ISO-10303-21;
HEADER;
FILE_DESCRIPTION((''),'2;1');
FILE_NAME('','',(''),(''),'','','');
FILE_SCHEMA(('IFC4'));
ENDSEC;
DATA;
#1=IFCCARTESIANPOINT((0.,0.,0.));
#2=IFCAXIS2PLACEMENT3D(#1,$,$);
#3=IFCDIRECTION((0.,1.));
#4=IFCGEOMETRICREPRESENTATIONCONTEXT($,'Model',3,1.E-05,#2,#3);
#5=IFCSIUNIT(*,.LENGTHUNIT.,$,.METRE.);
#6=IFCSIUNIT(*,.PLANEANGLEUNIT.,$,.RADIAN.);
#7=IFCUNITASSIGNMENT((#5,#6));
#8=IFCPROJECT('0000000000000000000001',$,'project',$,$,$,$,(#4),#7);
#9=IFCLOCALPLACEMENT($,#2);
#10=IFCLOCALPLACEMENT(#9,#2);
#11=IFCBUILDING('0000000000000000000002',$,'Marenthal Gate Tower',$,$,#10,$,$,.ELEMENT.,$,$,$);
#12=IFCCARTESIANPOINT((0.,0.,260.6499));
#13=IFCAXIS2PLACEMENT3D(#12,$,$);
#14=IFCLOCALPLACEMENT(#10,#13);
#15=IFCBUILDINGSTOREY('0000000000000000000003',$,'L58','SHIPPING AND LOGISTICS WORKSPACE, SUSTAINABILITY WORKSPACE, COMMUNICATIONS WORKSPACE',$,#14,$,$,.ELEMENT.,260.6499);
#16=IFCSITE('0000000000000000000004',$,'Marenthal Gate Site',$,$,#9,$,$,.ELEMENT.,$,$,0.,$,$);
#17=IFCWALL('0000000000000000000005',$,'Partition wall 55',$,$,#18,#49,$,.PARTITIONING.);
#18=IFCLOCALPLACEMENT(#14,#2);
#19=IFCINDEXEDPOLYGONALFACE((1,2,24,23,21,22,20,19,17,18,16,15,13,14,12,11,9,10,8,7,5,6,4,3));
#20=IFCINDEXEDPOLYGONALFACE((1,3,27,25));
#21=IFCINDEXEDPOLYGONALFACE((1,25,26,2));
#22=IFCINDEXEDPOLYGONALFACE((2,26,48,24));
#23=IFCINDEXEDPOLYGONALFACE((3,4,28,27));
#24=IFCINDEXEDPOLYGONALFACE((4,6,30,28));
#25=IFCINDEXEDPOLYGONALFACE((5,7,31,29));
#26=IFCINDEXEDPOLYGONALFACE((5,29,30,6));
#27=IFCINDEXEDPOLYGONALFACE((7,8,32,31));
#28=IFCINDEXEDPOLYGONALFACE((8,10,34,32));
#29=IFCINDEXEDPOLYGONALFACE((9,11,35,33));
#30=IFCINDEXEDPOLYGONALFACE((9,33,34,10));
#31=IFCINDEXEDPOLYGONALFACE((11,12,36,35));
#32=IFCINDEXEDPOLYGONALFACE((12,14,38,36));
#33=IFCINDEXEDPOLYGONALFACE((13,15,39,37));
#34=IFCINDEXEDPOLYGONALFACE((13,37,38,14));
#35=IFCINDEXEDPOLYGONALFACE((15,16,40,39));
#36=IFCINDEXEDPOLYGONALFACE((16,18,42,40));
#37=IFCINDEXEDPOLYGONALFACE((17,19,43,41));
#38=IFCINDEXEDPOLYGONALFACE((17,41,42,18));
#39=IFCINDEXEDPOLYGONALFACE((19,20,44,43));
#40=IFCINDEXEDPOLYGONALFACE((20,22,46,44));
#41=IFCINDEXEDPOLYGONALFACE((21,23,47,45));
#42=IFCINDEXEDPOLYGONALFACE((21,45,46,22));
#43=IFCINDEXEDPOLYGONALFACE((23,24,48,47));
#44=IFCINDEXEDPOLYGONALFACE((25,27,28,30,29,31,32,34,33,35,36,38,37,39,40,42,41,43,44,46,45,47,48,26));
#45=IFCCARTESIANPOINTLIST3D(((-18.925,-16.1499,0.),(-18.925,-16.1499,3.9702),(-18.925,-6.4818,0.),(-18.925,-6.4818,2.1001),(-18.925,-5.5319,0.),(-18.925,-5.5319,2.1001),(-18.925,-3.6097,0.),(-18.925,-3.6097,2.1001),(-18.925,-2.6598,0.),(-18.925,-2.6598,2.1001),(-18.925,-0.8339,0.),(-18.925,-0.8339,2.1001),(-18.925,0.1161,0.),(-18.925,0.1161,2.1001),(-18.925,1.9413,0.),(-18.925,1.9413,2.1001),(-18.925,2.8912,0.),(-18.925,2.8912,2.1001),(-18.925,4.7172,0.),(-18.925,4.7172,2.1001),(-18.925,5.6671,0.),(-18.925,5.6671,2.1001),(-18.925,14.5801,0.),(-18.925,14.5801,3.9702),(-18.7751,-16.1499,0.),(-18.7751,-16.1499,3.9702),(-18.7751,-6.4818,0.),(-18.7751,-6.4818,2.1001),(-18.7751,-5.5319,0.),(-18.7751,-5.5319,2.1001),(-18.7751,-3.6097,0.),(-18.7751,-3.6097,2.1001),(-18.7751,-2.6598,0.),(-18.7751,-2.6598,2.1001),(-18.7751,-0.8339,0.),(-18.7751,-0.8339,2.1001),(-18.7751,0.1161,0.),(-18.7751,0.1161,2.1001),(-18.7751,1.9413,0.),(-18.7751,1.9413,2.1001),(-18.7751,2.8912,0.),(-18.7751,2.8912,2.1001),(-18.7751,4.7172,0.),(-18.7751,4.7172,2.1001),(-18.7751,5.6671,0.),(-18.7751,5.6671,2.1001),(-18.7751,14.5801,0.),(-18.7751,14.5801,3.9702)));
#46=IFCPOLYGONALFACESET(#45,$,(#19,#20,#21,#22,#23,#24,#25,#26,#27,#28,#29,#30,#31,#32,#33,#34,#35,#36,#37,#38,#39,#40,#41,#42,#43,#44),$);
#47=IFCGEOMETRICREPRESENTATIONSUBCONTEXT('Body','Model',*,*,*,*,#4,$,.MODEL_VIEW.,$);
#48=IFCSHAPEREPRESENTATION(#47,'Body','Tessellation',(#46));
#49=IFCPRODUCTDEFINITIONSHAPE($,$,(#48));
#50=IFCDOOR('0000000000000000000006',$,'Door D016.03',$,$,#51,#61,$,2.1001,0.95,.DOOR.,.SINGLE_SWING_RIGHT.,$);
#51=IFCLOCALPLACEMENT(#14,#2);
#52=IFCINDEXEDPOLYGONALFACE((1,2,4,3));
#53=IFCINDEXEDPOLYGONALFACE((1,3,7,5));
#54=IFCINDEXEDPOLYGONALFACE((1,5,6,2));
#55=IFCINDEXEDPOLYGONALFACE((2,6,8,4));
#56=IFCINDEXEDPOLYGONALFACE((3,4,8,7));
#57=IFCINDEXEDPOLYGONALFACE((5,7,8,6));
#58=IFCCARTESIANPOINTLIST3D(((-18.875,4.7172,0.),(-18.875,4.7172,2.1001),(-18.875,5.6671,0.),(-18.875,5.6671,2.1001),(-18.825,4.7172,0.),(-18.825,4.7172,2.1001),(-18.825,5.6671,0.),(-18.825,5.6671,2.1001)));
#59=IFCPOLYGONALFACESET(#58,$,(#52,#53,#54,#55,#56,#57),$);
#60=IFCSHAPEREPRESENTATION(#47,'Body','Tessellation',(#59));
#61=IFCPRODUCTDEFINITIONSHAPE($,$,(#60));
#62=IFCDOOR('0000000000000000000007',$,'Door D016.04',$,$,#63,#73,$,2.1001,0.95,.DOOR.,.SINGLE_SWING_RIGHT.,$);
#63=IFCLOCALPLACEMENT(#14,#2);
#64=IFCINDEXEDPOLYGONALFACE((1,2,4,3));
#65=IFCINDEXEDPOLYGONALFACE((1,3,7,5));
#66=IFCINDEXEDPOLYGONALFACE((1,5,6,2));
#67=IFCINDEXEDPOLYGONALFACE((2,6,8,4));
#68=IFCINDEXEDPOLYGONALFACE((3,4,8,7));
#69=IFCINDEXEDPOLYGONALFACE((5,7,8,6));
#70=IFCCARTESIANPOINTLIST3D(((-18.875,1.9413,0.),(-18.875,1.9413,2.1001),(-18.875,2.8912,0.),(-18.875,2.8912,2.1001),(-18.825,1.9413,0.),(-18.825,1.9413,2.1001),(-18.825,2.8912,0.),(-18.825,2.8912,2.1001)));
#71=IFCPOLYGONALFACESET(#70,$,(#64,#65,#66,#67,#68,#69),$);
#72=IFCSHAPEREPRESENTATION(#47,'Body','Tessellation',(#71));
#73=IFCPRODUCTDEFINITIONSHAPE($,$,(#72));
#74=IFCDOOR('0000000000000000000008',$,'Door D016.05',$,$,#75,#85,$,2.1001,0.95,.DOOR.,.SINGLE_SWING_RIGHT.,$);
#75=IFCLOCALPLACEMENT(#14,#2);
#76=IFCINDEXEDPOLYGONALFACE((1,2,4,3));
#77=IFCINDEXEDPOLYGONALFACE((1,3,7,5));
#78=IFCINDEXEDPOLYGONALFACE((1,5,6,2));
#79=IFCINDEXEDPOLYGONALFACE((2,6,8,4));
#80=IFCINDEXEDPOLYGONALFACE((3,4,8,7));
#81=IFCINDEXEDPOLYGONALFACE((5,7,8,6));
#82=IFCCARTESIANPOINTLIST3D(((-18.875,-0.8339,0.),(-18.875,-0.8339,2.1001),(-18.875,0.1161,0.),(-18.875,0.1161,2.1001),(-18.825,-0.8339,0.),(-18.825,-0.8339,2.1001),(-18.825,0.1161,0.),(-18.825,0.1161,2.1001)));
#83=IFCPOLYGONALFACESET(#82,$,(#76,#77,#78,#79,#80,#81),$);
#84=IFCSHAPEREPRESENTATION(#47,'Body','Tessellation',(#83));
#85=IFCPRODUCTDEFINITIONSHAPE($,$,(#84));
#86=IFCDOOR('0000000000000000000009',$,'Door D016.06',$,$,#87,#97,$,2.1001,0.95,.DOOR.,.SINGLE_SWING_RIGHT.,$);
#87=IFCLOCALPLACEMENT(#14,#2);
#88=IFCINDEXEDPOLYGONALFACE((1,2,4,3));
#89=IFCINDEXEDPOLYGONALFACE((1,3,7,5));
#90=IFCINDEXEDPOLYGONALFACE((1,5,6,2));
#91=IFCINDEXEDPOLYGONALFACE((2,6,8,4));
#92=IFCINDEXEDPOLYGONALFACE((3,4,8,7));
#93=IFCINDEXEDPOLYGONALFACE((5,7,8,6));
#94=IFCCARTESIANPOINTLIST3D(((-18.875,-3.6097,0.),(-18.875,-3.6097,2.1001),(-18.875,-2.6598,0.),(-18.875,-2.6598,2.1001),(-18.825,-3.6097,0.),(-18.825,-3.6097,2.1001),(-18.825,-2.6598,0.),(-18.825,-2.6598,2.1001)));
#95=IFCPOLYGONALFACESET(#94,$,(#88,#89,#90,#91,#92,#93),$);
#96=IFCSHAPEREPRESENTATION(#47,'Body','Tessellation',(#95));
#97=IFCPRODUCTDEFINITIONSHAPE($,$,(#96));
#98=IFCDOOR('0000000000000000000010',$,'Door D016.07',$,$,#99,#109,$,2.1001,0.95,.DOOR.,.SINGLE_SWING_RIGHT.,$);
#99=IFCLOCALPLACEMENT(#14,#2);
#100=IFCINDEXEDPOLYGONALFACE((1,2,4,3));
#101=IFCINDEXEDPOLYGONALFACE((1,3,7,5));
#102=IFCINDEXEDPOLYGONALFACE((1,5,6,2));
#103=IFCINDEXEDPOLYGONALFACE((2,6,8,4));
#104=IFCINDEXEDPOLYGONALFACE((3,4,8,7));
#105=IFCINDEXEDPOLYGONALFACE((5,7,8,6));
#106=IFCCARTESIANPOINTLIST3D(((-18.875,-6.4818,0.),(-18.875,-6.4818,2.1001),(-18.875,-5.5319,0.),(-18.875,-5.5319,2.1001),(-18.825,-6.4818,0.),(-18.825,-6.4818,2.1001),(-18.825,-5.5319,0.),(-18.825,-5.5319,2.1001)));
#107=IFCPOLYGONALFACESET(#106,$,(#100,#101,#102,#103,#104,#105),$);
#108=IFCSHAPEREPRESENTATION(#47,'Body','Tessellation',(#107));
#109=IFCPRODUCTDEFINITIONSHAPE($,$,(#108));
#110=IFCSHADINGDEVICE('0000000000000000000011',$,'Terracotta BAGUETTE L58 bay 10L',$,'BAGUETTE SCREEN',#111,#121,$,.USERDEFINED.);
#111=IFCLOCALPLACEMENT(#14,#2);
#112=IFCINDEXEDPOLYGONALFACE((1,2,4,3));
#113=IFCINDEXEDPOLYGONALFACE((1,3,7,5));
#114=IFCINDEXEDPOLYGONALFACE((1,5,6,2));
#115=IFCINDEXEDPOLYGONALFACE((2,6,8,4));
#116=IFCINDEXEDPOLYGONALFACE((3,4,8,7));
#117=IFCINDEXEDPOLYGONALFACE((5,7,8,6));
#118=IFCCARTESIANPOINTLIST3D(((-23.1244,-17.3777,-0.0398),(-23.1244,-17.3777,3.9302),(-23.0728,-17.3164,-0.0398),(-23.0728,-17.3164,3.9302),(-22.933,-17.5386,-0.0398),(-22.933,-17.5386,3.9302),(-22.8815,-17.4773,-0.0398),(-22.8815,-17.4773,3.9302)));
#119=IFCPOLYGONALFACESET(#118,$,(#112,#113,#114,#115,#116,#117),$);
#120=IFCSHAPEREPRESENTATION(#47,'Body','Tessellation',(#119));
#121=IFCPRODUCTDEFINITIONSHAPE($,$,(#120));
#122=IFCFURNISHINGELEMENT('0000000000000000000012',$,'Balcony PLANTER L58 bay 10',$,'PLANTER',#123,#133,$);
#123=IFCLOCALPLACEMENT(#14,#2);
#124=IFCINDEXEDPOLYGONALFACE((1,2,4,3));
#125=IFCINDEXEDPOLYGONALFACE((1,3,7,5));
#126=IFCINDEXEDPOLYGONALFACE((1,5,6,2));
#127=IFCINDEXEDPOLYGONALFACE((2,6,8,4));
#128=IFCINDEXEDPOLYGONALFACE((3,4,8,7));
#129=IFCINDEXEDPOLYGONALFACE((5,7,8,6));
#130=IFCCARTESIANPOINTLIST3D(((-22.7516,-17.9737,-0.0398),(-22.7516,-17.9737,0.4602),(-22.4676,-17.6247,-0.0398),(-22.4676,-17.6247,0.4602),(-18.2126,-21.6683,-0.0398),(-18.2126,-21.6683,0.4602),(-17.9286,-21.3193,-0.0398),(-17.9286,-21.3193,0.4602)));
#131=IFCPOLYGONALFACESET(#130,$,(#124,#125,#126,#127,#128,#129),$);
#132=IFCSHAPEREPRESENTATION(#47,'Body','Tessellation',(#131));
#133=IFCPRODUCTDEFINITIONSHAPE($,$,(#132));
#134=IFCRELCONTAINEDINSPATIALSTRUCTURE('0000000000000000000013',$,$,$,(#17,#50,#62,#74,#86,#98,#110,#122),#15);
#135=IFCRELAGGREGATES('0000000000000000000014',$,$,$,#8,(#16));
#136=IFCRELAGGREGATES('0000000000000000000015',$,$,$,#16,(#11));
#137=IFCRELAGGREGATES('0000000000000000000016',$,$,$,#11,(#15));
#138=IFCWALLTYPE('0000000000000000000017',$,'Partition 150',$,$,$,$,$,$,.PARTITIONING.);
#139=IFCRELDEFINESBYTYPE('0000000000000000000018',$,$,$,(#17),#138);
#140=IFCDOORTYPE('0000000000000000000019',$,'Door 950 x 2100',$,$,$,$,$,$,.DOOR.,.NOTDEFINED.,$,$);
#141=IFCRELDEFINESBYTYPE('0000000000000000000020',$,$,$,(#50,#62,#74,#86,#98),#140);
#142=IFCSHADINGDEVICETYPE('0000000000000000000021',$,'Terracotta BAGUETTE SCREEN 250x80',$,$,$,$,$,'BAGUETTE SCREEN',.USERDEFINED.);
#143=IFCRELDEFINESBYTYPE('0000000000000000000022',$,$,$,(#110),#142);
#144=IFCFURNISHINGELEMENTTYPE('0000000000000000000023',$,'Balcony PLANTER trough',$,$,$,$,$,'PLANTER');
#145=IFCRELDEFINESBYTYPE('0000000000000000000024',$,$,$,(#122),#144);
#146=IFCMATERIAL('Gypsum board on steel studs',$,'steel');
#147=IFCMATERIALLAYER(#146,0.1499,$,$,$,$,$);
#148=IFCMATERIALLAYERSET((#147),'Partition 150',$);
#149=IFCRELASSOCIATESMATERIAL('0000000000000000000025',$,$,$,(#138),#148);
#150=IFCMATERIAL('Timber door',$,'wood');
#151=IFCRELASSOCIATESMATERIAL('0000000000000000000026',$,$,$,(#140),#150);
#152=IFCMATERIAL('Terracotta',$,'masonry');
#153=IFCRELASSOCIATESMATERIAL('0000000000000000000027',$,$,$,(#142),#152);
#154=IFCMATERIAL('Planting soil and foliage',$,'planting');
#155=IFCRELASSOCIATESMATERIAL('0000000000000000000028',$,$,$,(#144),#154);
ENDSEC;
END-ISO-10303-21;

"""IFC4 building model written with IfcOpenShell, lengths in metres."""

from ifc_helpers import new_model, si_unit, direction, frame, frame_2d, origin, origin_2d, place, context, subcontext, project, spatial, rectangle, extrude, material, layer, layer_set, material_profile, profile_set, type_object, element, fill, save


model = new_model("IFC4")

# Units and contexts
model_context = context("Model", 3, precision=1e-05, world=origin(), true_north=direction((0.0, 1.0)))
body_context = subcontext(model_context, "Body", "Model", "MODEL_VIEW")
ifc_project = project(units=[si_unit("LENGTHUNIT", "METRE"), si_unit("PLANEANGLEUNIT", "RADIAN")], contexts=[model_context])

# Site, building, storey
site_placement = place(None, origin())
site = spatial("IfcSite", under=ifc_project, at=site_placement, Name="Marenthal Gate Site", CompositionType="ELEMENT", RefElevation=0.0)
building_placement = place(site_placement, origin())
building = spatial("IfcBuilding", under=site, at=building_placement, Name="Marenthal Gate Tower", CompositionType="ELEMENT")
storey_placement = place(building_placement, frame((0.0, 0.0, 260.6499)))
storey = spatial("IfcBuildingStorey", under=building, at=storey_placement, Name="L58", Description="SHIPPING AND LOGISTICS WORKSPACE, SUSTAINABILITY WORKSPACE, COMMUNICATIONS WORKSPACE", CompositionType="ELEMENT", Elevation=260.6499)

# Wall, openings, doors
ifc_material_1 = material(Name="Gypsum board on steel studs", Category="steel")
ifc_layer_1 = layer(ifc_material_1, 0.1499)
ifc_layer_set_1 = layer_set([ifc_layer_1], Name="Partition 150")
wall_type_1 = type_object("IfcWallType", Name="Partition 150", PredefinedType="PARTITIONING", material=ifc_layer_set_1)
wall_1_placement = place(storey_placement, frame((-18.8501, -16.1499, 0.0), z_axis=(0.0, 0.0, 1.0), x_axis=(0.0, 1.0, 0.0)))
wall_1 = element("IfcWall", 1, at=wall_1_placement, inside=storey, type_object=wall_type_1, Name="Partition wall 55", PredefinedType="PARTITIONING", context=body_context, shape_type="SweptSolid", body=[
    extrude(rectangle(XDim=30.73, YDim=0.1499, at=frame_2d((15.365, 0.0))), origin(), (0.0, 0.0, 1.0), 3.9702),
])
opening_1_placement = place(wall_1_placement, frame((20.8669, 0.0, 0.0)))
opening_1 = element("IfcOpeningElement", 2, at=opening_1_placement, cuts=wall_1, PredefinedType="OPENING", context=body_context, shape_type="SweptSolid", body=[
    extrude(rectangle(XDim=0.95, YDim=2.1001, at=frame_2d((0.4751, 1.05))), frame((0.0, 0.085, 0.0), z_axis=(0.0, -1.0, 0.0), x_axis=(1.0, 0.0, 0.0)), (0.0, 0.0, 1.0), 0.1699),
])
opening_2_placement = place(wall_1_placement, frame((18.0911, 0.0, 0.0)))
opening_2 = element("IfcOpeningElement", 3, at=opening_2_placement, cuts=wall_1, PredefinedType="OPENING", context=body_context, shape_type="SweptSolid", body=[
    extrude(rectangle(XDim=0.95, YDim=2.1001, at=frame_2d((0.4751, 1.05))), frame((0.0, 0.085, 0.0), z_axis=(0.0, -1.0, 0.0), x_axis=(1.0, 0.0, 0.0)), (0.0, 0.0, 1.0), 0.1699),
])
opening_3_placement = place(wall_1_placement, frame((15.3159, 0.0, 0.0)))
opening_3 = element("IfcOpeningElement", 4, at=opening_3_placement, cuts=wall_1, PredefinedType="OPENING", context=body_context, shape_type="SweptSolid", body=[
    extrude(rectangle(XDim=0.95, YDim=2.1001, at=frame_2d((0.4751, 1.05))), frame((0.0, 0.085, 0.0), z_axis=(0.0, -1.0, 0.0), x_axis=(1.0, 0.0, 0.0)), (0.0, 0.0, 1.0), 0.1699),
])
opening_4_placement = place(wall_1_placement, frame((12.54, 0.0, 0.0)))
opening_4 = element("IfcOpeningElement", 5, at=opening_4_placement, cuts=wall_1, PredefinedType="OPENING", context=body_context, shape_type="SweptSolid", body=[
    extrude(rectangle(XDim=0.95, YDim=2.1001, at=frame_2d((0.4751, 1.05))), frame((0.0, 0.085, 0.0), z_axis=(0.0, -1.0, 0.0), x_axis=(1.0, 0.0, 0.0)), (0.0, 0.0, 1.0), 0.1699),
])
opening_5_placement = place(wall_1_placement, frame((9.668, 0.0, 0.0)))
opening_5 = element("IfcOpeningElement", 6, at=opening_5_placement, cuts=wall_1, PredefinedType="OPENING", context=body_context, shape_type="SweptSolid", body=[
    extrude(rectangle(XDim=0.95, YDim=2.1001, at=frame_2d((0.4751, 1.05))), frame((0.0, 0.085, 0.0), z_axis=(0.0, -1.0, 0.0), x_axis=(1.0, 0.0, 0.0)), (0.0, 0.0, 1.0), 0.1699),
])
ifc_material_2 = material(Name="Timber door", Category="wood")
door_type_1 = type_object("IfcDoorType", Name="Door 950 x 2100", OperationType="NOTDEFINED", PredefinedType="DOOR", material=ifc_material_2)
door_1_placement = place(opening_1_placement, origin())
door_1 = element("IfcDoor", 7, at=door_1_placement, inside=storey, type_object=door_type_1, Name="Door D016.03", OperationType="SINGLE_SWING_RIGHT", OverallHeight=2.1001, OverallWidth=0.95, PredefinedType="DOOR", context=body_context, shape_type="SweptSolid", body=[
    extrude(rectangle(XDim=0.95, YDim=2.1001, at=frame_2d((0.4751, 1.05))), frame((0.0, 0.0249, 0.0), z_axis=(0.0, -1.0, 0.0), x_axis=(1.0, 0.0, 0.0)), (0.0, 0.0, 1.0), 0.05),
])
fill(opening_1, door_1)
door_2_placement = place(opening_2_placement, origin())
door_2 = element("IfcDoor", 8, at=door_2_placement, inside=storey, type_object=door_type_1, Name="Door D016.04", OperationType="SINGLE_SWING_RIGHT", OverallHeight=2.1001, OverallWidth=0.95, PredefinedType="DOOR", context=body_context, shape_type="SweptSolid", body=[
    extrude(rectangle(XDim=0.95, YDim=2.1001, at=frame_2d((0.4751, 1.05))), frame((0.0, 0.0249, 0.0), z_axis=(0.0, -1.0, 0.0), x_axis=(1.0, 0.0, 0.0)), (0.0, 0.0, 1.0), 0.05),
])
fill(opening_2, door_2)
door_3_placement = place(opening_3_placement, origin())
door_3 = element("IfcDoor", 9, at=door_3_placement, inside=storey, type_object=door_type_1, Name="Door D016.05", OperationType="SINGLE_SWING_RIGHT", OverallHeight=2.1001, OverallWidth=0.95, PredefinedType="DOOR", context=body_context, shape_type="SweptSolid", body=[
    extrude(rectangle(XDim=0.95, YDim=2.1001, at=frame_2d((0.4751, 1.05))), frame((0.0, 0.0249, 0.0), z_axis=(0.0, -1.0, 0.0), x_axis=(1.0, 0.0, 0.0)), (0.0, 0.0, 1.0), 0.05),
])
fill(opening_3, door_3)
door_4_placement = place(opening_4_placement, origin())
door_4 = element("IfcDoor", 10, at=door_4_placement, inside=storey, type_object=door_type_1, Name="Door D016.06", OperationType="SINGLE_SWING_RIGHT", OverallHeight=2.1001, OverallWidth=0.95, PredefinedType="DOOR", context=body_context, shape_type="SweptSolid", body=[
    extrude(rectangle(XDim=0.95, YDim=2.1001, at=frame_2d((0.4751, 1.05))), frame((0.0, 0.0249, 0.0), z_axis=(0.0, -1.0, 0.0), x_axis=(1.0, 0.0, 0.0)), (0.0, 0.0, 1.0), 0.05),
])
fill(opening_4, door_4)
door_5_placement = place(opening_5_placement, origin())
door_5 = element("IfcDoor", 11, at=door_5_placement, inside=storey, type_object=door_type_1, Name="Door D016.07", OperationType="SINGLE_SWING_RIGHT", OverallHeight=2.1001, OverallWidth=0.95, PredefinedType="DOOR", context=body_context, shape_type="SweptSolid", body=[
    extrude(rectangle(XDim=0.95, YDim=2.1001, at=frame_2d((0.4751, 1.05))), frame((0.0, 0.0249, 0.0), z_axis=(0.0, -1.0, 0.0), x_axis=(1.0, 0.0, 0.0)), (0.0, 0.0, 1.0), 0.05),
])
fill(opening_5, door_5)

# Shading device
ifc_material_3 = material(Name="Terracotta", Category="masonry")
ifc_material_profile_1 = material_profile(ifc_material_3, rectangle(XDim=0.25, YDim=0.0801, at=origin_2d()), Name="Terracotta baguette 250x80")
ifc_profile_set_1 = profile_set([ifc_material_profile_1], Name="Terracotta")
shading_device_type = type_object("IfcShadingDeviceType", Name="Terracotta BAGUETTE SCREEN 250x80", ElementType="BAGUETTE SCREEN", PredefinedType="USERDEFINED", material=ifc_profile_set_1)
shading_device_placement = place(storey_placement, frame((-23.0029, -17.4275, -0.0398), z_axis=(0.0, 0.0, 1.0), x_axis=(0.765301, -0.643672, 0.0)))
element("IfcShadingDevice", 12, at=shading_device_placement, inside=storey, type_object=shading_device_type, Name="Terracotta BAGUETTE L58 bay 10L", ObjectType="BAGUETTE SCREEN", PredefinedType="USERDEFINED", context=body_context, shape_type="SweptSolid", body=[
    extrude(rectangle(XDim=0.25, YDim=0.0801, at=origin_2d()), origin(), (0.0, 0.0, 1.0), 3.97),
])

# Furnishing element
ifc_material_4 = material(Name="Planting soil and foliage", Category="planting")
furnishing_element_type = type_object("IfcFurnishingElementType", Name="Balcony PLANTER trough", ElementType="PLANTER", material=ifc_material_4)
furnishing_placement = place(storey_placement, frame((-20.3401, -19.6465, -0.0398), z_axis=(0.0, 0.0, 1.0), x_axis=(0.775557, -0.631278, 0.0)))
element("IfcFurnishingElement", 13, at=furnishing_placement, inside=storey, type_object=furnishing_element_type, Name="Balcony PLANTER L58 bay 10", ObjectType="PLANTER", context=body_context, shape_type="SweptSolid", body=[
    extrude(rectangle(XDim=5.8525, YDim=0.45, at=origin_2d()), origin(), (0.0, 0.0, 1.0), 0.5),
])

save(model, "model.ifc")
